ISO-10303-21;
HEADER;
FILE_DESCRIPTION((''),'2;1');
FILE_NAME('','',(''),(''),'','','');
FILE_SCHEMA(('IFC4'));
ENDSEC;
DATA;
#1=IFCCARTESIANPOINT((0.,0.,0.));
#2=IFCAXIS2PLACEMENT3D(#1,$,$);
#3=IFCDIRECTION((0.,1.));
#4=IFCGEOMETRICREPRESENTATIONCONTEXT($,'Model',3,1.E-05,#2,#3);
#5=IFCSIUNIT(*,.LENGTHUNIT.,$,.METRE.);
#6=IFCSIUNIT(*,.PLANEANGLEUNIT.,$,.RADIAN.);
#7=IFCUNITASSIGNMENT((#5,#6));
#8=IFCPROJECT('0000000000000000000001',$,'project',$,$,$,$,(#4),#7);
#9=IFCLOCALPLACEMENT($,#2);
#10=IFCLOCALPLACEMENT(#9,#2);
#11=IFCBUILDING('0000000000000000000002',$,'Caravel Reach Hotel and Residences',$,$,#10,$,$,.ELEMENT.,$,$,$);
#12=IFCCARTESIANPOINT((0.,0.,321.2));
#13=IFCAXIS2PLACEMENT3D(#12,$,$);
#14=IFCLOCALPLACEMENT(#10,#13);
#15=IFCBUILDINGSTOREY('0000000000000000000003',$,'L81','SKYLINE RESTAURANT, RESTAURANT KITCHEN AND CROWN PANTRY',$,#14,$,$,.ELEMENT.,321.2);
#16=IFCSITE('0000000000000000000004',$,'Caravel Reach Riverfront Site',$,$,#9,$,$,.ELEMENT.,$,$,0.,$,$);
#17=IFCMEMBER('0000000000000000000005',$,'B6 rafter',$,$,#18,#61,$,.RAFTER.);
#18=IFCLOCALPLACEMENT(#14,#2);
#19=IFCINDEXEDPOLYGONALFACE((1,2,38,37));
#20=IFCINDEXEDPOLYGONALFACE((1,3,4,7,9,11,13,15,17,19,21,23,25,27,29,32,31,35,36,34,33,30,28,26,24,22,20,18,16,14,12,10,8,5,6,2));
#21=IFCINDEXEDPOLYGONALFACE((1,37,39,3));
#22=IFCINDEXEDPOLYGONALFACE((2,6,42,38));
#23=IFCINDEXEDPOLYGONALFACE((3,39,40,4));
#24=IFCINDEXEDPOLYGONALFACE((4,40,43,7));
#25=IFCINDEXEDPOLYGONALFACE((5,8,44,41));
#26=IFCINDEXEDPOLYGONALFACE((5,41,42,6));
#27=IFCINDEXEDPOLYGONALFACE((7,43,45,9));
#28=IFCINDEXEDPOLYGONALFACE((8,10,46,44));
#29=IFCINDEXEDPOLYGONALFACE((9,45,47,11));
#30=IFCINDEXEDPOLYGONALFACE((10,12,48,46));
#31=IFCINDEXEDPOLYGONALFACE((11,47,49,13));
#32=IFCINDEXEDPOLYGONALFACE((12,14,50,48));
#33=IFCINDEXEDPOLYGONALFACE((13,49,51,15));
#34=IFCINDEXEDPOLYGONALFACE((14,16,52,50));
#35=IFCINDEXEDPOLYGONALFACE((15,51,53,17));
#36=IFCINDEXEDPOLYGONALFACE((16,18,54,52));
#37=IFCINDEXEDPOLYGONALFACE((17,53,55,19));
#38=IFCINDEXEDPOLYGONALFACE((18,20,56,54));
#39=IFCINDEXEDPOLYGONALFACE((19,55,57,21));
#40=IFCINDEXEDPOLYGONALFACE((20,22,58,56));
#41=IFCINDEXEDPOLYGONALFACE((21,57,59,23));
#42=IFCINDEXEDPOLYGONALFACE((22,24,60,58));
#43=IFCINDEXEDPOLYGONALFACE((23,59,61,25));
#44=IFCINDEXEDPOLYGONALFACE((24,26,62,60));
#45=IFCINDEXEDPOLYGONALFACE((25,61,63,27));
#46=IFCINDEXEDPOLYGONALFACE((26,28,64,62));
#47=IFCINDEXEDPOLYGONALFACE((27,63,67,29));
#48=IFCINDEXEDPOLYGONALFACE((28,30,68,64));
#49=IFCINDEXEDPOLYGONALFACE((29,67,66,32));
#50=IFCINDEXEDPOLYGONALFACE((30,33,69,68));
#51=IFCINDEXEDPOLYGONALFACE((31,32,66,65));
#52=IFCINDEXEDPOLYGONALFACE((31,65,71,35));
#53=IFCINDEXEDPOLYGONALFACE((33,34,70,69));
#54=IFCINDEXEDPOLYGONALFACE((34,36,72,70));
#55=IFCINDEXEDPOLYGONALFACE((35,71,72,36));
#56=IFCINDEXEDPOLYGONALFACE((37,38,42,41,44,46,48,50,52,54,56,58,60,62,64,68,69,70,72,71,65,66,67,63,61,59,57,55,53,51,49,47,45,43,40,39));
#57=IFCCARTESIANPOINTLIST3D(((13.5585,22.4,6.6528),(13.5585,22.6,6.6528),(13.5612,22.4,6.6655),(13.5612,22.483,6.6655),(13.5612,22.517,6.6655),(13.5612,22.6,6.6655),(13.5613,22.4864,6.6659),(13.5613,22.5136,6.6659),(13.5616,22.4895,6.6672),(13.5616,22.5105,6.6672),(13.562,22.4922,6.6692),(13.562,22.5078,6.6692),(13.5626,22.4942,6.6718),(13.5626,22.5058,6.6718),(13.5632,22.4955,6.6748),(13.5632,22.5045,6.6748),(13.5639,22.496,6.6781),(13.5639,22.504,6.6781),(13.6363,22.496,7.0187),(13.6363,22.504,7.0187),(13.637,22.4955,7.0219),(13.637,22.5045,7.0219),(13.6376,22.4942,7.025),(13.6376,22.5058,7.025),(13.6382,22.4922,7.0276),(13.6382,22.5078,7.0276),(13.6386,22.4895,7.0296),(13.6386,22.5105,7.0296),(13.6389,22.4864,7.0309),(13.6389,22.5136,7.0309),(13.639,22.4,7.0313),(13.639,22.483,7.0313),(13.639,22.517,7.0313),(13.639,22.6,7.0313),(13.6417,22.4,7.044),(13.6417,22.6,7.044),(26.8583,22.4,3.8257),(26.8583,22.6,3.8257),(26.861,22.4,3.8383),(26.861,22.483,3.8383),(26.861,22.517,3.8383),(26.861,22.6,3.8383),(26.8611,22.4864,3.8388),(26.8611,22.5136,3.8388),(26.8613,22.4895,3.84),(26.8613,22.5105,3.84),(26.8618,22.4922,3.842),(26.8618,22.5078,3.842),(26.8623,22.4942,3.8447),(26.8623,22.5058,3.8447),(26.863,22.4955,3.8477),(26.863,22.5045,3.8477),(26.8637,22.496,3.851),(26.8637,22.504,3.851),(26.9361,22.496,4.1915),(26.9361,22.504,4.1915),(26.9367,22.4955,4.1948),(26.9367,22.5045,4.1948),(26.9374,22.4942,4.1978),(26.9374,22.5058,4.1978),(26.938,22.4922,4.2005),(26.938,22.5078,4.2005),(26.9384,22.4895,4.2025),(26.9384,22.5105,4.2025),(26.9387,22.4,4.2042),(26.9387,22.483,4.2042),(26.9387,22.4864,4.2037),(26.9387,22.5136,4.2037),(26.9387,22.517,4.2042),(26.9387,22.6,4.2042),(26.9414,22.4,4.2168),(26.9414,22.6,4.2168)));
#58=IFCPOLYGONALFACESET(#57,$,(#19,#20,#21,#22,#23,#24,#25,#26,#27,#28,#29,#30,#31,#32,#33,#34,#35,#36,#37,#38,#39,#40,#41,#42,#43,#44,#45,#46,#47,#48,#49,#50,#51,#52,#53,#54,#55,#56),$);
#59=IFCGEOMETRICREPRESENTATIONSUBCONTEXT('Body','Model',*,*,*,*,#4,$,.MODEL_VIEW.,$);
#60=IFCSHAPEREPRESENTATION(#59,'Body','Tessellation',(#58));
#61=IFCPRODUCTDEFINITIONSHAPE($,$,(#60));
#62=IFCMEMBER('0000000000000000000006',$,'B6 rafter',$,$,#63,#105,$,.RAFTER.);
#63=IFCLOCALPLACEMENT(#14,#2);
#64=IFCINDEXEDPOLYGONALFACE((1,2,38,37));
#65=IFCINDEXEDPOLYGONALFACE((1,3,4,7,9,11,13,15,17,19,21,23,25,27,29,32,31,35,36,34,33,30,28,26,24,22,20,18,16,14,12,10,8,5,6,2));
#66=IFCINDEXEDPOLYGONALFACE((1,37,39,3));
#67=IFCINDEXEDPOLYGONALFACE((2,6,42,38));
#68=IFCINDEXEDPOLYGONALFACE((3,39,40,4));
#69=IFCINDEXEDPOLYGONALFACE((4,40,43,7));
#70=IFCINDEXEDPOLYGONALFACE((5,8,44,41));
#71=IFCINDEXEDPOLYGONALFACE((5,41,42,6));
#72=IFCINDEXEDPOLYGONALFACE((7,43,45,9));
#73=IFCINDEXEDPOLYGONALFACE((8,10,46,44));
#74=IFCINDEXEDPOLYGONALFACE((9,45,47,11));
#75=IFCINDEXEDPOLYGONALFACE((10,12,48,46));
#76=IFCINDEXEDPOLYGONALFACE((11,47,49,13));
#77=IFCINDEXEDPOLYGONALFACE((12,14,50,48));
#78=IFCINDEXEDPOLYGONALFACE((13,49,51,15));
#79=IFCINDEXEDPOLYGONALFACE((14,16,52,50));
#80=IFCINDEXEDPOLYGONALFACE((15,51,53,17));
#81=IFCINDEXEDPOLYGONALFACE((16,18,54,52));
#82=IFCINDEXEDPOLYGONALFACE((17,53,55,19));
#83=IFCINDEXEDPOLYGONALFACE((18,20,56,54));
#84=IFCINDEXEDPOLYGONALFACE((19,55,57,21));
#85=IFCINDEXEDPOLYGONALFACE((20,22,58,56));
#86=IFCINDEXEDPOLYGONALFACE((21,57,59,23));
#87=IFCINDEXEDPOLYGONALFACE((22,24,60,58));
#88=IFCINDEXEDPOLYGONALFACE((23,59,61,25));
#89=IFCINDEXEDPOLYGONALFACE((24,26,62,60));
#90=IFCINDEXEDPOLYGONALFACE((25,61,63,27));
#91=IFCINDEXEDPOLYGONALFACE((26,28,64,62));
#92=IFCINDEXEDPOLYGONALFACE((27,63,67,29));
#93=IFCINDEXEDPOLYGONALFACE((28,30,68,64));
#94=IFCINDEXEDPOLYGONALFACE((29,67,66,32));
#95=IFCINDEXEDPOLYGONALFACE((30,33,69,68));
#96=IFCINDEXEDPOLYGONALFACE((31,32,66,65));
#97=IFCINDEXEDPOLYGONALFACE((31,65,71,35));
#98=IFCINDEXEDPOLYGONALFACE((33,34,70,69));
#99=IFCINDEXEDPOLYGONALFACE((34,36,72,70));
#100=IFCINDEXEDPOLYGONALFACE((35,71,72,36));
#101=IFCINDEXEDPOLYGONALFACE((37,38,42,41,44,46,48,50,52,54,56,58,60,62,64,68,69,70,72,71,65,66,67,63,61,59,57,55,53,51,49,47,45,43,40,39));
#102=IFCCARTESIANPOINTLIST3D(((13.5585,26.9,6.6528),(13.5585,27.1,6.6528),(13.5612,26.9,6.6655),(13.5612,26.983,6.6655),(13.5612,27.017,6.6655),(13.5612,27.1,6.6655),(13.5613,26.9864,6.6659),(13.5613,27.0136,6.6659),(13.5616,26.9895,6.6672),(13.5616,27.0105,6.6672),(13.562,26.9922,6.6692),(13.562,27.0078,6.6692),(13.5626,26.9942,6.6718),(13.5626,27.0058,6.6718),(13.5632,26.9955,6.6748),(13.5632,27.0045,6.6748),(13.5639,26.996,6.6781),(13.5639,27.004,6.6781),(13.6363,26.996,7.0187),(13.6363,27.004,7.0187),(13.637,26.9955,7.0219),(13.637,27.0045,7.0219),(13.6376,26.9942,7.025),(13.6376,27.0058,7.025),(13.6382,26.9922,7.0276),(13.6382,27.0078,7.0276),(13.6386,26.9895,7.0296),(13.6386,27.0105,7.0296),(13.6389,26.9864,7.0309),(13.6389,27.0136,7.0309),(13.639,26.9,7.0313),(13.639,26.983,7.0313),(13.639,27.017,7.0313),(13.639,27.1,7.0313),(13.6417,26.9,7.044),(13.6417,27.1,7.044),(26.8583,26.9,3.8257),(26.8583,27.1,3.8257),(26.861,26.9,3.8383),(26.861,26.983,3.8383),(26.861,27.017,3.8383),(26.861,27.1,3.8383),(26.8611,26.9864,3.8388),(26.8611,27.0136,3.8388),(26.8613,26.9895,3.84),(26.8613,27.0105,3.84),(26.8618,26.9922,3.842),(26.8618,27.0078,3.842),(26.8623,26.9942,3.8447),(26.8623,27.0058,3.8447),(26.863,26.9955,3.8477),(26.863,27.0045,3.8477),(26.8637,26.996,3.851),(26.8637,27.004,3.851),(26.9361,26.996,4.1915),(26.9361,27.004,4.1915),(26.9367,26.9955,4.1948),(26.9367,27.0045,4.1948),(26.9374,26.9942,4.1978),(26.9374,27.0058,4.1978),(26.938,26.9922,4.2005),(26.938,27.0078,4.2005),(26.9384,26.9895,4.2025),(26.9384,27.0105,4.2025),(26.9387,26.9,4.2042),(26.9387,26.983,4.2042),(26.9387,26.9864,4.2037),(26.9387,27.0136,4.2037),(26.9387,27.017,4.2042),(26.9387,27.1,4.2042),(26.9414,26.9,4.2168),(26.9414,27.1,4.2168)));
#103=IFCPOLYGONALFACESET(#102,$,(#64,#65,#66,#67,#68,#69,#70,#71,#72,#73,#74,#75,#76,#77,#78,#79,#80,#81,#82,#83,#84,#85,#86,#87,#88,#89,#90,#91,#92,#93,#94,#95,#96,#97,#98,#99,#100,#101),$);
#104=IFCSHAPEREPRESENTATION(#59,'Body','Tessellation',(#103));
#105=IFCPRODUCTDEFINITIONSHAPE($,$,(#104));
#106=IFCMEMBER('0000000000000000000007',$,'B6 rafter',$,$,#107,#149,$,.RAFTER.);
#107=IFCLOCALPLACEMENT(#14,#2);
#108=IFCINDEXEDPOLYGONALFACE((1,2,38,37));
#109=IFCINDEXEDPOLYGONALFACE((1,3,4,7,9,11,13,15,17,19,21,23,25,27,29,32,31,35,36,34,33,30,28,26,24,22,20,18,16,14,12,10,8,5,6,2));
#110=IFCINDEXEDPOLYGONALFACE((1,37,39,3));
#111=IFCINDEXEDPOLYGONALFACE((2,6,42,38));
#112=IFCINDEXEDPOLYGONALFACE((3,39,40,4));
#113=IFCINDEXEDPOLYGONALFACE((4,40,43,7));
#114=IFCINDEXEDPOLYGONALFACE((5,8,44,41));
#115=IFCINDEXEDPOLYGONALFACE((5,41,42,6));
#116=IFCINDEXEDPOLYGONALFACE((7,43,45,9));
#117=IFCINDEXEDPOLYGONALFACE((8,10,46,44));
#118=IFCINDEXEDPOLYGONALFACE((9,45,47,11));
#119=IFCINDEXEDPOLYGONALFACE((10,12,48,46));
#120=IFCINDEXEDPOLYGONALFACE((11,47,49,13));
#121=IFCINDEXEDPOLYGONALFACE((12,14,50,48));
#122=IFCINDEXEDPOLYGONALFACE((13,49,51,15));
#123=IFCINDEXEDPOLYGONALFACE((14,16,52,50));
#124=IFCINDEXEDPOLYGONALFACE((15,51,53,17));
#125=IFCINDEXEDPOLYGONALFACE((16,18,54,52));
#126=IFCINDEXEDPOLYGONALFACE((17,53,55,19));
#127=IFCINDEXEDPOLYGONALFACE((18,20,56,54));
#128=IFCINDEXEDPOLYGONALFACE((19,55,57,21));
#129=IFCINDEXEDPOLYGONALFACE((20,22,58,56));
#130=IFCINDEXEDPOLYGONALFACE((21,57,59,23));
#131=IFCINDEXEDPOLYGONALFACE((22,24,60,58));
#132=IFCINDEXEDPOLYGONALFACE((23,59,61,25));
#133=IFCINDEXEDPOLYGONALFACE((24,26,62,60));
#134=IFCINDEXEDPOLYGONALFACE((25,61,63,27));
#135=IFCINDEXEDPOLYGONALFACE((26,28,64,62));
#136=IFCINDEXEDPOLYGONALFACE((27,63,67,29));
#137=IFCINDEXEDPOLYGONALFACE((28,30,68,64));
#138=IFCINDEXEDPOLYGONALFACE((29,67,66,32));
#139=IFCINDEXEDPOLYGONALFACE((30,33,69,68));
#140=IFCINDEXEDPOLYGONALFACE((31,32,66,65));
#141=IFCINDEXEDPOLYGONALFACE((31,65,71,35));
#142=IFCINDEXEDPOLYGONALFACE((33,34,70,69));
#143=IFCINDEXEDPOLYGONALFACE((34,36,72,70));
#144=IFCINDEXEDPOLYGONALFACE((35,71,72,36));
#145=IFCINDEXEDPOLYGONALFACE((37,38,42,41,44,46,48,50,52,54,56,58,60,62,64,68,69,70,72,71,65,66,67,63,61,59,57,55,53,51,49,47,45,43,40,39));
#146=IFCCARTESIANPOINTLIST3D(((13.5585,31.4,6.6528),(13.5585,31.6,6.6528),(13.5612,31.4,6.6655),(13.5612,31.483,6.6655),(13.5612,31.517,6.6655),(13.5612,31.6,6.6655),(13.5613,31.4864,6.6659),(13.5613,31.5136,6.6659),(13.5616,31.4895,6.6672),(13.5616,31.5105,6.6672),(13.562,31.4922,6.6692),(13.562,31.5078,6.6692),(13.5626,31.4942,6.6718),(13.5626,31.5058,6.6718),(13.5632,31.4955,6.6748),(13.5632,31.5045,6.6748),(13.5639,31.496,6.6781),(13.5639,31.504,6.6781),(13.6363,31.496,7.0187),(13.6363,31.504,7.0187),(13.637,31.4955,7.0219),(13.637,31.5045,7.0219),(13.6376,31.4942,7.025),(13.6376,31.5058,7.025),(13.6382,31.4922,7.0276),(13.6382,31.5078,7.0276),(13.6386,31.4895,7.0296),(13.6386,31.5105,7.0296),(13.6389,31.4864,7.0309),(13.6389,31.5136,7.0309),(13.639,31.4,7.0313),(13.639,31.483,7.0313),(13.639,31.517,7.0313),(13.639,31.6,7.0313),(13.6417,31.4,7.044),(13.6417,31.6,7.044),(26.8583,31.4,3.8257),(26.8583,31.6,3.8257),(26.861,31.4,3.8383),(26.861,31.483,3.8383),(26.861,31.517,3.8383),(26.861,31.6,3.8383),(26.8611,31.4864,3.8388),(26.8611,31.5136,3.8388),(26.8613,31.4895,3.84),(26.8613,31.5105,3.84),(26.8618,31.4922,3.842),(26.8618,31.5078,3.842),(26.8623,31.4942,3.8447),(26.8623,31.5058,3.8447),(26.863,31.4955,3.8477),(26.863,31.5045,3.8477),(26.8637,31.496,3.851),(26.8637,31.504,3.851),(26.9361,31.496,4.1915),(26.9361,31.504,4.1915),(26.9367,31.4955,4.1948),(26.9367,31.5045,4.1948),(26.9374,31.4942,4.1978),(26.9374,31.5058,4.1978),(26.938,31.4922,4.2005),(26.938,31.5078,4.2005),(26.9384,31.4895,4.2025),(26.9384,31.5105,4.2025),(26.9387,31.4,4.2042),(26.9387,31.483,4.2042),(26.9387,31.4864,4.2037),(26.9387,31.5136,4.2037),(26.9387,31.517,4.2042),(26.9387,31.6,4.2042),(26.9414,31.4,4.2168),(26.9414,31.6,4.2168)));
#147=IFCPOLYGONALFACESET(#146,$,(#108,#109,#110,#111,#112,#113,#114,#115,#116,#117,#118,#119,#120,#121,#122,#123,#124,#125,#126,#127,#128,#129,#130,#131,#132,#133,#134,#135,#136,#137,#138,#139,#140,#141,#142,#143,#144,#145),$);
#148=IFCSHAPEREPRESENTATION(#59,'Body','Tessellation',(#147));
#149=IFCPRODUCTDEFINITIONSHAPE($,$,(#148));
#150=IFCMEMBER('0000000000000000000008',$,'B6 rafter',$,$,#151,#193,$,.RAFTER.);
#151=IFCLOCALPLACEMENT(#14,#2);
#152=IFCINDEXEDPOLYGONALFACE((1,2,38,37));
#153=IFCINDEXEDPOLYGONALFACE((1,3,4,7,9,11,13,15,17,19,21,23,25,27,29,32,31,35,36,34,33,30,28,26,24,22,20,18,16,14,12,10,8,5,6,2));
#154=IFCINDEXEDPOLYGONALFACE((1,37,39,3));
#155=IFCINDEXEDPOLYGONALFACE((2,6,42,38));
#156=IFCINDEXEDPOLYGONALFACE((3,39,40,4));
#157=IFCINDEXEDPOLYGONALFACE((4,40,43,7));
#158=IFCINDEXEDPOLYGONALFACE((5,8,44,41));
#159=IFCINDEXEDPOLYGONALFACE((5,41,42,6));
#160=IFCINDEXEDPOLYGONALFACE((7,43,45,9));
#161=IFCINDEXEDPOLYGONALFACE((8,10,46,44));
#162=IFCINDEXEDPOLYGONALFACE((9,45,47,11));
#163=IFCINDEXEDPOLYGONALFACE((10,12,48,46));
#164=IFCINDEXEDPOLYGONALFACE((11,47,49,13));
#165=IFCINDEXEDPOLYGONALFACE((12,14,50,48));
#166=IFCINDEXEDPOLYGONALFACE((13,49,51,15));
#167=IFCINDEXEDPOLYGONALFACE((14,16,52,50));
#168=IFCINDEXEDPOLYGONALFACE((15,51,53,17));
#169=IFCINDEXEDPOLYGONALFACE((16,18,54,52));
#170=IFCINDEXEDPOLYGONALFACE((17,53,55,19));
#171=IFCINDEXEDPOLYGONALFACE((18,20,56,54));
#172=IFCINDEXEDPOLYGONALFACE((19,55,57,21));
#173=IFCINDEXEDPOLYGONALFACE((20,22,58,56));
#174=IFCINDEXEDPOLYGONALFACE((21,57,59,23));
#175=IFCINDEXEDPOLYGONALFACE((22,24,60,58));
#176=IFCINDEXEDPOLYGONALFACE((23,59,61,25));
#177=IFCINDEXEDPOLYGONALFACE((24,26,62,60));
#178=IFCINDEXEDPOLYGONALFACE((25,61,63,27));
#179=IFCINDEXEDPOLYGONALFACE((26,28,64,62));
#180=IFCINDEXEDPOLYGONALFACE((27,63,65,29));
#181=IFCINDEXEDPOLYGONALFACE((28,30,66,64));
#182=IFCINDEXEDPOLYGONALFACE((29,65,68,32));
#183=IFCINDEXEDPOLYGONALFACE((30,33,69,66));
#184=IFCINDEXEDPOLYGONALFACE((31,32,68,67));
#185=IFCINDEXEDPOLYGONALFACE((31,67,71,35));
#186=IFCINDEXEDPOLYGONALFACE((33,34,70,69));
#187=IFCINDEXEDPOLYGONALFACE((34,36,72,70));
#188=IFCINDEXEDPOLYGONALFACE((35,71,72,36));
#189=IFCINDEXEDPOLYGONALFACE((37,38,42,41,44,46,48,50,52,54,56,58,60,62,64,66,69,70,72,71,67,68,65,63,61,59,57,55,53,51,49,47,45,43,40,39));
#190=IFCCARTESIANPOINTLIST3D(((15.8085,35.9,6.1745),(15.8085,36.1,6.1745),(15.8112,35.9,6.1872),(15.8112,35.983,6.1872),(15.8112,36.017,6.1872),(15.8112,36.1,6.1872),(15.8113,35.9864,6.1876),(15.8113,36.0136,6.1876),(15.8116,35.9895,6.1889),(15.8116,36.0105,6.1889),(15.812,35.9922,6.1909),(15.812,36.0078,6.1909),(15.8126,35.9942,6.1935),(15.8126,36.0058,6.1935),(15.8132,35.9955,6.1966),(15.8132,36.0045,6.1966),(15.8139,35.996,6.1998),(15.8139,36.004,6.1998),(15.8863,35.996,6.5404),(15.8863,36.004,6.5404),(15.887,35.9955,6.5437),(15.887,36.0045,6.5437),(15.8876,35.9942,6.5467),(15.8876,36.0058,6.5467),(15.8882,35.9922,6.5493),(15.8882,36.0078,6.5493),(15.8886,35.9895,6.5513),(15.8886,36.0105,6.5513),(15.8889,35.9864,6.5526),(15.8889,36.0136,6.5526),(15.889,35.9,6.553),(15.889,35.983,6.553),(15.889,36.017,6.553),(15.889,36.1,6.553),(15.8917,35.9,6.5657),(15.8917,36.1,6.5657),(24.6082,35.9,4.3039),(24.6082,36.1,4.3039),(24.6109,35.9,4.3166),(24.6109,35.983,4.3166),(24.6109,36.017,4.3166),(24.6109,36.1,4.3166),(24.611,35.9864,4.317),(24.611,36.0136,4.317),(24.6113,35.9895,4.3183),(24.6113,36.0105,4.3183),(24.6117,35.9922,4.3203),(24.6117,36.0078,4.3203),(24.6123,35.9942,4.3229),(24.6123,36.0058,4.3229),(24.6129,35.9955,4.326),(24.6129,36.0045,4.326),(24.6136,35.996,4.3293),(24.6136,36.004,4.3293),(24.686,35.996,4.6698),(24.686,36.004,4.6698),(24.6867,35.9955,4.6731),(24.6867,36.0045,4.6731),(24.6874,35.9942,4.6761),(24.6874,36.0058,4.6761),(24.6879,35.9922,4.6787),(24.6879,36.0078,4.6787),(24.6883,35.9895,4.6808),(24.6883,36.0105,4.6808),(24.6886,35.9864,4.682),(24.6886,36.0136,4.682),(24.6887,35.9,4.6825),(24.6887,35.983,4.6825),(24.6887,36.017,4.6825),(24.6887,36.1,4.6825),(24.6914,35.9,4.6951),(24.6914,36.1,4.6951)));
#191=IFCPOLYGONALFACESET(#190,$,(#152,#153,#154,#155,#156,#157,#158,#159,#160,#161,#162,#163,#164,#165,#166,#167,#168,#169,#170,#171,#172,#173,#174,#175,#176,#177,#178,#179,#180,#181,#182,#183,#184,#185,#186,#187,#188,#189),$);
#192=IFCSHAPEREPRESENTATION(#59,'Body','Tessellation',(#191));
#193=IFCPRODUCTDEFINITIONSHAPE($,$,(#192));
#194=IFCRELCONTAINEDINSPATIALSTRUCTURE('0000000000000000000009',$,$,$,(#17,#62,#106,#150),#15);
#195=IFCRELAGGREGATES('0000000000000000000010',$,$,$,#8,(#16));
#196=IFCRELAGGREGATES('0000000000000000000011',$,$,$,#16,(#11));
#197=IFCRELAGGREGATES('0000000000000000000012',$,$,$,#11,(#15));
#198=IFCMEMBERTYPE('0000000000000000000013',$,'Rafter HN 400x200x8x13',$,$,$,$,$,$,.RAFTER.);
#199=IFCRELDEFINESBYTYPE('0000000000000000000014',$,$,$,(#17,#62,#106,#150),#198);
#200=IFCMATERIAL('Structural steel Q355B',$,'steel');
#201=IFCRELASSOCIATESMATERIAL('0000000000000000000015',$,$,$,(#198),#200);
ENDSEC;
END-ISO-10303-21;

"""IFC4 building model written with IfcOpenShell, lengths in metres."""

from ifc_helpers import new_model, si_unit, direction, frame, origin, origin_2d, place, context, subcontext, project, spatial, i_section, extrude, material, material_profile, profile_set, type_object, element, save


model = new_model("IFC4")

# Units and contexts
model_context = context("Model", 3, precision=1e-05, world=origin(), true_north=direction((0.0, 1.0)))
body_context = subcontext(model_context, "Body", "Model", "MODEL_VIEW")
ifc_project = project(units=[si_unit("LENGTHUNIT", "METRE"), si_unit("PLANEANGLEUNIT", "RADIAN")], contexts=[model_context])

# Site, building, storey
site_placement = place(None, origin())
site = spatial("IfcSite", under=ifc_project, at=site_placement, Name="Caravel Reach Riverfront Site", CompositionType="ELEMENT", RefElevation=0.0)
building_placement = place(site_placement, origin())
building = spatial("IfcBuilding", under=site, at=building_placement, Name="Caravel Reach Hotel and Residences", CompositionType="ELEMENT")
storey_placement = place(building_placement, frame((0.0, 0.0, 321.2)))
storey = spatial("IfcBuildingStorey", under=building, at=storey_placement, Name="L81", Description="SKYLINE RESTAURANT, RESTAURANT KITCHEN AND CROWN PANTRY", CompositionType="ELEMENT", Elevation=321.2)

# Members
ifc_material_1 = material(Name="Structural steel Q355B", Category="steel")
ifc_material_profile_1 = material_profile(ifc_material_1, i_section(OverallWidth=0.2, OverallDepth=0.3999, WebThickness=0.0081, FlangeThickness=0.0129, FilletRadius=0.0129, at=origin_2d()), Name="HN 400x200x8x13")
ifc_profile_set_1 = profile_set([ifc_material_profile_1], Name="Structural steel Q355B")
member_type = type_object("IfcMemberType", Name="Rafter HN 400x200x8x13", PredefinedType="RAFTER", material=ifc_profile_set_1)
for number, where, z_axis, x_axis, name in (
    (1, (13.6001, 22.5, 6.8484), (0.978145, 0.0, -0.207925), (0.0, 1.0, 0.0), "B6 rafter"),
    (2, (13.6001, 27.0, 6.8484), (0.978145, 0.0, -0.207925), (0.0, 1.0, 0.0), "B6 rafter"),
    (3, (13.6001, 31.5, 6.8484), (0.978145, 0.0, -0.207925), (0.0, 1.0, 0.0), "B6 rafter"),
):
    element("IfcMember", number, at=place(storey_placement, frame(where, z_axis=z_axis, x_axis=x_axis)), inside=storey, type_object=member_type, Name=name, PredefinedType="RAFTER", context=body_context, shape_type="SweptSolid", body=[
        extrude(i_section(OverallWidth=0.2, OverallDepth=0.3999, WebThickness=0.0081, FlangeThickness=0.0129, FilletRadius=0.0129, at=origin_2d()), origin(), (0.0, 0.0, 1.0), 13.5969),
    ])
member_placement = place(storey_placement, frame((15.8501, 36.0, 6.3701), z_axis=(0.978144, 0.0, -0.207928), x_axis=(0.0, 1.0, 0.0)))
element("IfcMember", 4, at=member_placement, inside=storey, type_object=member_type, Name="B6 rafter", PredefinedType="RAFTER", context=body_context, shape_type="SweptSolid", body=[
    extrude(i_section(OverallWidth=0.2, OverallDepth=0.3999, WebThickness=0.0081, FlangeThickness=0.0129, FilletRadius=0.0129, at=origin_2d()), origin(), (0.0, 0.0, 1.0), 8.9963),
])

save(model, "model.ifc")
